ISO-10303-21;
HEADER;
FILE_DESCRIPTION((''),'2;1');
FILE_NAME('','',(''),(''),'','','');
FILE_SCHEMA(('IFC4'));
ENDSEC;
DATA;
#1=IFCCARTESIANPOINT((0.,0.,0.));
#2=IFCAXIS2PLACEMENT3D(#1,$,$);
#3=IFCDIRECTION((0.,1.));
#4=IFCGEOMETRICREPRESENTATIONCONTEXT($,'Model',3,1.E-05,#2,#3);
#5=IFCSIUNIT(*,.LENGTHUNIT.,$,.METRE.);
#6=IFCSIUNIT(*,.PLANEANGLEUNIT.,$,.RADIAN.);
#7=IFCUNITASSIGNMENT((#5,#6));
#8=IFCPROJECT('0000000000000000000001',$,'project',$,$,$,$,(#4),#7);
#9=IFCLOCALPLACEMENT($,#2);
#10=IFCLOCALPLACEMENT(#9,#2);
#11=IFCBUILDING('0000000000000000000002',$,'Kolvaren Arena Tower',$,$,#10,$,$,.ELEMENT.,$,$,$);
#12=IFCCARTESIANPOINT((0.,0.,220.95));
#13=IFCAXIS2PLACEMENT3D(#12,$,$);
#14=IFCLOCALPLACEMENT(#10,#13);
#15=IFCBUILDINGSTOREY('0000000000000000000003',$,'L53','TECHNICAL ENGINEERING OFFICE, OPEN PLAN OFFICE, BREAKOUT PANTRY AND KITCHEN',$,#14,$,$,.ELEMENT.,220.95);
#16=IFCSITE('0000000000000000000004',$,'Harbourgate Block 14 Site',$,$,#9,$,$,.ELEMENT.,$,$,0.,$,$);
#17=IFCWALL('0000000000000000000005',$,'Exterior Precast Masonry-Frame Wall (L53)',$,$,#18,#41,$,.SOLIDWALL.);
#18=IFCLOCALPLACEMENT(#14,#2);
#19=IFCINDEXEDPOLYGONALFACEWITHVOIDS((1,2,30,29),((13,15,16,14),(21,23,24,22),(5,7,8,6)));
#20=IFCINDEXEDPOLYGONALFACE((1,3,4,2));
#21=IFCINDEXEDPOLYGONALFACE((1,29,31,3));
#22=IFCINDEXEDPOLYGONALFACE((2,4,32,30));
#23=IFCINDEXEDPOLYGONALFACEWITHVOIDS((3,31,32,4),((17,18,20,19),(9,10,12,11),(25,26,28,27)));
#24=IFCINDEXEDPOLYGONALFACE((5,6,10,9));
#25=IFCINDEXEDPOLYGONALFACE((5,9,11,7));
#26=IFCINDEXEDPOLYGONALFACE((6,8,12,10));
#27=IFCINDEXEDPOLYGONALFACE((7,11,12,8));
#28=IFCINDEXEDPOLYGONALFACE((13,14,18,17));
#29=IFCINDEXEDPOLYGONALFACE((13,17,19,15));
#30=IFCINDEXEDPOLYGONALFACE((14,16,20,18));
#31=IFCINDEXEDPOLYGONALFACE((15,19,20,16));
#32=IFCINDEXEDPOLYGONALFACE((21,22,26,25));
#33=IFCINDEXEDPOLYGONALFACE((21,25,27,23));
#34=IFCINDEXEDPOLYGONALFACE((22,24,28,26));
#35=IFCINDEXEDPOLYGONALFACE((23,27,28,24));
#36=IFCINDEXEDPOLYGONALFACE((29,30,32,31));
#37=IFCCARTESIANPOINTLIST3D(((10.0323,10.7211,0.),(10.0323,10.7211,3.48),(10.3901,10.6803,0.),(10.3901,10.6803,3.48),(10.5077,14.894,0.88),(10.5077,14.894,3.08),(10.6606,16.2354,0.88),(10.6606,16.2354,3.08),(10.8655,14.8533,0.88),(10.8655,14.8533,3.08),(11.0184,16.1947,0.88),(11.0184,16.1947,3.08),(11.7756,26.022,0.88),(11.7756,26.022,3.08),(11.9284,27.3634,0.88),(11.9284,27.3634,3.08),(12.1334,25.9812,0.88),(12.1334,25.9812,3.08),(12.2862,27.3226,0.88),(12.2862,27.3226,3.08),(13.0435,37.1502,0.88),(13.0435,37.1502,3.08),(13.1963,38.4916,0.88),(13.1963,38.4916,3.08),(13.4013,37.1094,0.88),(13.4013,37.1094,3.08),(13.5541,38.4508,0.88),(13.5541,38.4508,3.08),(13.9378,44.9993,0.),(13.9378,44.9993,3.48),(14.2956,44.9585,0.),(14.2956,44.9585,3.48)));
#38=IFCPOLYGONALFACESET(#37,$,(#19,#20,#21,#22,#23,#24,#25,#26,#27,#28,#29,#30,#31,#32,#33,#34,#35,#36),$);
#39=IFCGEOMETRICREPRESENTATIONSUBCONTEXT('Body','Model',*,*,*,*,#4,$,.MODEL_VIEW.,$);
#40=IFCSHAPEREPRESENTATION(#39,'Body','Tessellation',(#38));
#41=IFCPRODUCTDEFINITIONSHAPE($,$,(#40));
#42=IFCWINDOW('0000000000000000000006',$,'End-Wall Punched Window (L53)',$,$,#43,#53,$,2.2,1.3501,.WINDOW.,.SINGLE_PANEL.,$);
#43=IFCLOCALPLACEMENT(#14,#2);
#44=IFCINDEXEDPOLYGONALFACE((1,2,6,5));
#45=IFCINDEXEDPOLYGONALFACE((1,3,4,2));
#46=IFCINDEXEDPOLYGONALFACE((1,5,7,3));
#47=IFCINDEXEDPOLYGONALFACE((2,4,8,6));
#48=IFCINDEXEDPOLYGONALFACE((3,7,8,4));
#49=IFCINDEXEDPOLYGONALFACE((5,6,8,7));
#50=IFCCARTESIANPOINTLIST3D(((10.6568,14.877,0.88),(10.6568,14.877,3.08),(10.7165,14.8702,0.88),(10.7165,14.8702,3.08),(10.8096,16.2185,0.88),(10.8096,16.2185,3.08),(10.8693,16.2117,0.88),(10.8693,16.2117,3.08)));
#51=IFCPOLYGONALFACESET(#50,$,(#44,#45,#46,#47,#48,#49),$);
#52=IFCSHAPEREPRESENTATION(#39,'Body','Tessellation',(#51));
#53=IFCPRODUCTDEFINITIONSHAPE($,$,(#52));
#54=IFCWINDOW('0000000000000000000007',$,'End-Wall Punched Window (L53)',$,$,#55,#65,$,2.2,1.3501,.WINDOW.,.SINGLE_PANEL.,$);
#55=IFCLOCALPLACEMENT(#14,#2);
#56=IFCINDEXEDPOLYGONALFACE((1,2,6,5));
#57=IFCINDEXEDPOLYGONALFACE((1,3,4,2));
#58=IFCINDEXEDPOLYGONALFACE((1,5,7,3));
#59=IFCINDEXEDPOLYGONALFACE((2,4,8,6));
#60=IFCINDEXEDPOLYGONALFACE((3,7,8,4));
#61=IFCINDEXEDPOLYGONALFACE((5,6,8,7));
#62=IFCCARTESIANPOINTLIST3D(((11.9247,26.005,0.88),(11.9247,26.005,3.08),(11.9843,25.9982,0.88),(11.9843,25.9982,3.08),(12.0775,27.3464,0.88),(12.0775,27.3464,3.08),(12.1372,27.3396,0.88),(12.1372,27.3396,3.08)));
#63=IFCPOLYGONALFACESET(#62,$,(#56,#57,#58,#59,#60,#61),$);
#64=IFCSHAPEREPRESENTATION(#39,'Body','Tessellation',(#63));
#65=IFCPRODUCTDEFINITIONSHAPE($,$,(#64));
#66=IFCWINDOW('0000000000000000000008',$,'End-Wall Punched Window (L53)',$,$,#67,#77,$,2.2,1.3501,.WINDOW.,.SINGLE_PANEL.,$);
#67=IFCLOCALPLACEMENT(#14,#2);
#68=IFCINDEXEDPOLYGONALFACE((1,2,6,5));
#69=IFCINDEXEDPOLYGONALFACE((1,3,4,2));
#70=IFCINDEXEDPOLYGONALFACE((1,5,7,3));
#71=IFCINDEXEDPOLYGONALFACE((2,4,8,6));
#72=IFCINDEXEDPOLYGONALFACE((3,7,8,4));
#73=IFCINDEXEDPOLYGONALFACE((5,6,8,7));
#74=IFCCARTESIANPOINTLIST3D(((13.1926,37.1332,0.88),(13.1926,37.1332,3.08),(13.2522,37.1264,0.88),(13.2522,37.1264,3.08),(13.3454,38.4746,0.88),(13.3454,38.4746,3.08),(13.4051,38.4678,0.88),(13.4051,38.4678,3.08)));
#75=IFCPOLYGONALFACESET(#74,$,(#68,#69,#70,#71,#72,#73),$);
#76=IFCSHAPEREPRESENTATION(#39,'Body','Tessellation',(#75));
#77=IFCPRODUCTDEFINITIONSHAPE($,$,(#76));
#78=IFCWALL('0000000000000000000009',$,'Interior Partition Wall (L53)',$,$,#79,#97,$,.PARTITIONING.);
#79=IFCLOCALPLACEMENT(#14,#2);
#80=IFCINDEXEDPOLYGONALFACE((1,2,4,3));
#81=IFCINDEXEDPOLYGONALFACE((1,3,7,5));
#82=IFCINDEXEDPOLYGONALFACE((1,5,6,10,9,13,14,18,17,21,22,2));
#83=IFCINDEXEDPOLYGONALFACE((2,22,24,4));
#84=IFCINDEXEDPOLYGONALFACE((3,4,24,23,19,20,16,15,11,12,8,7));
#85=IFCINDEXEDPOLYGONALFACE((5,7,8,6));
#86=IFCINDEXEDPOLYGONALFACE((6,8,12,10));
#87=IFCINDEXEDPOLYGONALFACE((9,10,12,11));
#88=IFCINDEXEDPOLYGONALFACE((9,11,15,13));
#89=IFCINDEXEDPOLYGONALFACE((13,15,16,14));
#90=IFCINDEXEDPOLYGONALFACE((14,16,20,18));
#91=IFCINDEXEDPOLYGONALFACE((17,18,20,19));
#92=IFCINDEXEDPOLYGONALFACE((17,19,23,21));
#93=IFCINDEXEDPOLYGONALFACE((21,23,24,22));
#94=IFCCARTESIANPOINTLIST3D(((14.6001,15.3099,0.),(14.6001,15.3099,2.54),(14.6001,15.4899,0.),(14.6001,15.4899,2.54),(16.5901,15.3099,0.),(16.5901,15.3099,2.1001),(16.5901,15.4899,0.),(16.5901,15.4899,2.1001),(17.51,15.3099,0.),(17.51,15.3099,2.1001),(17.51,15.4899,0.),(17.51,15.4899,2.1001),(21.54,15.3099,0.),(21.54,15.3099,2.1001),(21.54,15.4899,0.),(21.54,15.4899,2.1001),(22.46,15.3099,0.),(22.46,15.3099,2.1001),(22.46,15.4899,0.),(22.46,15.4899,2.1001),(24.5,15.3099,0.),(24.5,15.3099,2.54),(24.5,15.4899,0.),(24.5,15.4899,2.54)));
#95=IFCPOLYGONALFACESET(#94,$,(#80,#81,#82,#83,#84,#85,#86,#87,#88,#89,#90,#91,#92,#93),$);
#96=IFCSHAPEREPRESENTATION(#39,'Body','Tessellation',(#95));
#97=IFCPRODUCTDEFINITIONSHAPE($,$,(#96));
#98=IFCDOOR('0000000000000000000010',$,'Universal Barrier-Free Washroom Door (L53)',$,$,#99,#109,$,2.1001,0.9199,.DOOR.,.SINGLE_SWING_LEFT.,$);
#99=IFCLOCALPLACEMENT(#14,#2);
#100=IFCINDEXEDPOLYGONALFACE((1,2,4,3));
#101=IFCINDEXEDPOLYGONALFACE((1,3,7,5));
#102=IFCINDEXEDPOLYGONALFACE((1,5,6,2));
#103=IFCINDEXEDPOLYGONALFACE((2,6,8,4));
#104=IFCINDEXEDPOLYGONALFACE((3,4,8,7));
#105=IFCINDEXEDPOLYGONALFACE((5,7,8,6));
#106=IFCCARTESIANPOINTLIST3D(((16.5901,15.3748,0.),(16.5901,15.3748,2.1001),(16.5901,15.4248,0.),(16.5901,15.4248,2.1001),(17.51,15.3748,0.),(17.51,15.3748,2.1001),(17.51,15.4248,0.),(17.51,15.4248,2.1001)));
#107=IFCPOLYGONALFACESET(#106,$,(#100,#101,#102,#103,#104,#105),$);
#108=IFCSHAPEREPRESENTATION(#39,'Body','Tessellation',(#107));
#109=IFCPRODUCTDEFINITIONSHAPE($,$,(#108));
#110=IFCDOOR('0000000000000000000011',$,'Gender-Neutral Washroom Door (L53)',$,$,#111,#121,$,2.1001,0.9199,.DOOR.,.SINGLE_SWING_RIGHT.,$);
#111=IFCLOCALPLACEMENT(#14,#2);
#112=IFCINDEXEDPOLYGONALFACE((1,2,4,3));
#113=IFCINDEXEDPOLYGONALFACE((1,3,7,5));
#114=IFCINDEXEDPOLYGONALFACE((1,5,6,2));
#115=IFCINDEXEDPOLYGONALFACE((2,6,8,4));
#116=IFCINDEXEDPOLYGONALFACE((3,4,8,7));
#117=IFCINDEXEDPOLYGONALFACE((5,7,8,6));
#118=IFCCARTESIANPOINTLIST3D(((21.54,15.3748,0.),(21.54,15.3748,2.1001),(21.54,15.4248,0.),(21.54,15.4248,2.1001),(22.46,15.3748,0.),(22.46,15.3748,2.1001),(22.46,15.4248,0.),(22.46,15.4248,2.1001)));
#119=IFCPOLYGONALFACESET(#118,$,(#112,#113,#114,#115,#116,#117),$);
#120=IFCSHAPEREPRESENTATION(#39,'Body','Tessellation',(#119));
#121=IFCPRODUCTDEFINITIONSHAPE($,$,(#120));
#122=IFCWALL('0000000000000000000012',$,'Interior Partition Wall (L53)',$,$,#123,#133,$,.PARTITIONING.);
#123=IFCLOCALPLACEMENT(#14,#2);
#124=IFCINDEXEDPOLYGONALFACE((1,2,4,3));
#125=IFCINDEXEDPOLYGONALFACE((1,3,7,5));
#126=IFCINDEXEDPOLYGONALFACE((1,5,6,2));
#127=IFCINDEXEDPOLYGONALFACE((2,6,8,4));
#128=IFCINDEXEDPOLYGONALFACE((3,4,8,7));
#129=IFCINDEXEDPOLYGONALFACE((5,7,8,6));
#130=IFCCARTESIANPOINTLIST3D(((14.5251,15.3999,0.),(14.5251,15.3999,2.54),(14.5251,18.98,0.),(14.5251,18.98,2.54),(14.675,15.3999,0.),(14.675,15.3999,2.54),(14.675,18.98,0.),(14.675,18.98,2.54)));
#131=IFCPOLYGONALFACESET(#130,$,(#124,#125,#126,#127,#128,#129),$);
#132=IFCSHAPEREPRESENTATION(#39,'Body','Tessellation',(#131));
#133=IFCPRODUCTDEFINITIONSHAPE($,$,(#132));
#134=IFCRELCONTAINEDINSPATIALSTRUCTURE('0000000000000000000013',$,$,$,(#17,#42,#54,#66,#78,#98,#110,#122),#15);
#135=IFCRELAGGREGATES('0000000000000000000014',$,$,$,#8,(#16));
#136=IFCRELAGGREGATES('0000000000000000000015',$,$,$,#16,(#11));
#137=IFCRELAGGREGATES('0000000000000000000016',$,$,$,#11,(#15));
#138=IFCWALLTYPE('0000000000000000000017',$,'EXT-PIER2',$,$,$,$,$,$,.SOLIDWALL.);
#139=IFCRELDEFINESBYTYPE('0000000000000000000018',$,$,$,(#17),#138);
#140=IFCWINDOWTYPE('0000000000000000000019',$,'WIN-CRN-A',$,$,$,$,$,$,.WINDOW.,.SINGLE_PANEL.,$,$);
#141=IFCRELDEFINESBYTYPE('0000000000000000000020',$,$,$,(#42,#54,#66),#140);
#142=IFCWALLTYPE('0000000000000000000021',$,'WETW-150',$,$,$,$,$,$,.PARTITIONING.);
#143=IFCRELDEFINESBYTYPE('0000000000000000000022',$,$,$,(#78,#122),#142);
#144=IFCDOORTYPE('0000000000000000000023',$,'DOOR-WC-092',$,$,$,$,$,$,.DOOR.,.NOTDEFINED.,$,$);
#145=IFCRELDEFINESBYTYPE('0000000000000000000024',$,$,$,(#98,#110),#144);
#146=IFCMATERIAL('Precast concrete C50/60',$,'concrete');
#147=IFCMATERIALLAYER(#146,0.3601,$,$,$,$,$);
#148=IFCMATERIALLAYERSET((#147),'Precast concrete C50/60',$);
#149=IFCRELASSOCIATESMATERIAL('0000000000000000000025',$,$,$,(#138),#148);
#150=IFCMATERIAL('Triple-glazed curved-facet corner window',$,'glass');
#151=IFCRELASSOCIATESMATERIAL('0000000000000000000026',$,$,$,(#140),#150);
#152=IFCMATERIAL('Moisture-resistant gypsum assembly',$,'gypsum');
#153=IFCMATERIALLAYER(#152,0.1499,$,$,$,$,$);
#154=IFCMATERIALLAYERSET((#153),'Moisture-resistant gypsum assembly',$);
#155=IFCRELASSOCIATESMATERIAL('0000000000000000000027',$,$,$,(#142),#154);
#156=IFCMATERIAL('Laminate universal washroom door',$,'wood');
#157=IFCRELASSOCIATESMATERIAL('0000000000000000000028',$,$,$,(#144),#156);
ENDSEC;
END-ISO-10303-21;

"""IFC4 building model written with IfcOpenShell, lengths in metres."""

from ifc_helpers import new_model, si_unit, direction, frame, frame_2d, origin, place, context, subcontext, project, spatial, rectangle, extrude, material, layer, layer_set, type_object, element, fill, save


model = new_model("IFC4")

# Units and contexts
model_context = context("Model", 3, precision=1e-05, world=origin(), true_north=direction((0.0, 1.0)))
body_context = subcontext(model_context, "Body", "Model", "MODEL_VIEW")
ifc_project = project(units=[si_unit("LENGTHUNIT", "METRE"), si_unit("PLANEANGLEUNIT", "RADIAN")], contexts=[model_context])

# Site, building, storey
site_placement = place(None, origin())
site = spatial("IfcSite", under=ifc_project, at=site_placement, Name="Harbourgate Block 14 Site", CompositionType="ELEMENT", RefElevation=0.0)
building_placement = place(site_placement, origin())
building = spatial("IfcBuilding", under=site, at=building_placement, Name="Kolvaren Arena Tower", CompositionType="ELEMENT")
storey_placement = place(building_placement, frame((0.0, 0.0, 220.95)))
storey = spatial("IfcBuildingStorey", under=building, at=storey_placement, Name="L53", Description="TECHNICAL ENGINEERING OFFICE, OPEN PLAN OFFICE, BREAKOUT PANTRY AND KITCHEN", CompositionType="ELEMENT", Elevation=220.95)

# Wall, openings, windows
ifc_material_1 = material(Name="Precast concrete C50/60", Category="concrete")
ifc_layer_1 = layer(ifc_material_1, 0.3601)
ifc_layer_set_1 = layer_set([ifc_layer_1], Name="Precast concrete C50/60")
wall_type_1 = type_object("IfcWallType", Name="EXT-PIER2", PredefinedType="SOLIDWALL", material=ifc_layer_set_1)
wall_1_placement = place(storey_placement, frame((10.2112, 10.7007, 0.0), z_axis=(0.0, 0.0, 1.0), x_axis=(0.113203, 0.993572, 0.0)))
wall_1 = element("IfcWall", 1, at=wall_1_placement, inside=storey, type_object=wall_type_1, Name="Exterior Precast Masonry-Frame Wall (L53)", PredefinedType="SOLIDWALL", context=body_context, shape_type="SweptSolid", body=[
    extrude(rectangle(XDim=34.5, YDim=0.3601, at=frame_2d((17.25, 0.0))), origin(), (0.0, 0.0, 1.0), 3.48),
])
opening_1_placement = place(wall_1_placement, frame((4.2, 0.0, 0.8799)))
opening_1 = element("IfcOpeningElement", 2, at=opening_1_placement, cuts=wall_1, PredefinedType="OPENING", context=body_context, shape_type="SweptSolid", body=[
    extrude(rectangle(XDim=1.3501, YDim=2.2, at=frame_2d((0.675, 1.1001))), frame((0.0, 0.1899, 0.0), z_axis=(0.0, -1.0, 0.0), x_axis=(1.0, 0.0, 0.0)), (0.0, 0.0, 1.0), 0.3801),
])
opening_2_placement = place(wall_1_placement, frame((15.3999, 0.0, 0.8799)))
opening_2 = element("IfcOpeningElement", 3, at=opening_2_placement, cuts=wall_1, PredefinedType="OPENING", context=body_context, shape_type="SweptSolid", body=[
    extrude(rectangle(XDim=1.3501, YDim=2.2, at=frame_2d((0.675, 1.1001))), frame((0.0, 0.1899, 0.0), z_axis=(0.0, -1.0, 0.0), x_axis=(1.0, 0.0, 0.0)), (0.0, 0.0, 1.0), 0.3801),
])
opening_3_placement = place(wall_1_placement, frame((26.6001, 0.0, 0.8799)))
opening_3 = element("IfcOpeningElement", 4, at=opening_3_placement, cuts=wall_1, PredefinedType="OPENING", context=body_context, shape_type="SweptSolid", body=[
    extrude(rectangle(XDim=1.3501, YDim=2.2, at=frame_2d((0.675, 1.1001))), frame((0.0, 0.1899, 0.0), z_axis=(0.0, -1.0, 0.0), x_axis=(1.0, 0.0, 0.0)), (0.0, 0.0, 1.0), 0.3801),
])
ifc_material_2 = material(Name="Triple-glazed curved-facet corner window", Category="glass")
window_type = type_object("IfcWindowType", Name="WIN-CRN-A", PartitioningType="SINGLE_PANEL", PredefinedType="WINDOW", material=ifc_material_2)
window_1_placement = place(opening_1_placement, origin())
window_1 = element("IfcWindow", 5, at=window_1_placement, inside=storey, type_object=window_type, Name="End-Wall Punched Window (L53)", OverallHeight=2.2, OverallWidth=1.3501, PartitioningType="SINGLE_PANEL", PredefinedType="WINDOW", context=body_context, shape_type="SweptSolid", body=[
    extrude(rectangle(XDim=1.3501, YDim=2.2, at=frame_2d((0.675, 1.1001))), frame((0.0, 0.03, 0.0), z_axis=(0.0, -1.0, 0.0), x_axis=(1.0, 0.0, 0.0)), (0.0, 0.0, 1.0), 0.0601),
])
fill(opening_1, window_1)
window_2_placement = place(opening_2_placement, origin())
window_2 = element("IfcWindow", 6, at=window_2_placement, inside=storey, type_object=window_type, Name="End-Wall Punched Window (L53)", OverallHeight=2.2, OverallWidth=1.3501, PartitioningType="SINGLE_PANEL", PredefinedType="WINDOW", context=body_context, shape_type="SweptSolid", body=[
    extrude(rectangle(XDim=1.3501, YDim=2.2, at=frame_2d((0.675, 1.1001))), frame((0.0, 0.03, 0.0), z_axis=(0.0, -1.0, 0.0), x_axis=(1.0, 0.0, 0.0)), (0.0, 0.0, 1.0), 0.0601),
])
fill(opening_2, window_2)
window_3_placement = place(opening_3_placement, origin())
window_3 = element("IfcWindow", 7, at=window_3_placement, inside=storey, type_object=window_type, Name="End-Wall Punched Window (L53)", OverallHeight=2.2, OverallWidth=1.3501, PartitioningType="SINGLE_PANEL", PredefinedType="WINDOW", context=body_context, shape_type="SweptSolid", body=[
    extrude(rectangle(XDim=1.3501, YDim=2.2, at=frame_2d((0.675, 1.1001))), frame((0.0, 0.03, 0.0), z_axis=(0.0, -1.0, 0.0), x_axis=(1.0, 0.0, 0.0)), (0.0, 0.0, 1.0), 0.0601),
])
fill(opening_3, window_3)

# Wall, openings, doors
ifc_material_3 = material(Name="Moisture-resistant gypsum assembly", Category="gypsum")
ifc_layer_2 = layer(ifc_material_3, 0.1499)
ifc_layer_set_2 = layer_set([ifc_layer_2], Name="Moisture-resistant gypsum assembly")
wall_type_2 = type_object("IfcWallType", Name="WETW-150", PredefinedType="PARTITIONING", material=ifc_layer_set_2)
wall_2_placement = place(storey_placement, frame((14.6001, 15.3999, 0.0), z_axis=(0.0, 0.0, 1.0), x_axis=(1.0, 0.0, 0.0)))
wall_2 = element("IfcWall", 8, at=wall_2_placement, inside=storey, type_object=wall_type_2, Name="Interior Partition Wall (L53)", PredefinedType="PARTITIONING", context=body_context, shape_type="SweptSolid", body=[
    extrude(rectangle(XDim=9.8999, YDim=0.1799, at=frame_2d((4.95, 0.0))), origin(), (0.0, 0.0, 1.0), 2.54),
])
opening_4_placement = place(wall_2_placement, frame((1.99, 0.0, 0.0)))
opening_4 = element("IfcOpeningElement", 9, at=opening_4_placement, cuts=wall_2, PredefinedType="OPENING", context=body_context, shape_type="SweptSolid", body=[
    extrude(rectangle(XDim=0.9199, YDim=2.1001, at=frame_2d((0.46, 1.05))), frame((0.0, 0.0999, 0.0), z_axis=(0.0, -1.0, 0.0), x_axis=(1.0, 0.0, 0.0)), (0.0, 0.0, 1.0), 0.2),
])
opening_5_placement = place(wall_2_placement, frame((6.9399, 0.0, 0.0)))
opening_5 = element("IfcOpeningElement", 10, at=opening_5_placement, cuts=wall_2, PredefinedType="OPENING", context=body_context, shape_type="SweptSolid", body=[
    extrude(rectangle(XDim=0.9199, YDim=2.1001, at=frame_2d((0.46, 1.05))), frame((0.0, 0.0999, 0.0), z_axis=(0.0, -1.0, 0.0), x_axis=(1.0, 0.0, 0.0)), (0.0, 0.0, 1.0), 0.2),
])
ifc_material_4 = material(Name="Laminate universal washroom door", Category="wood")
door_type_1 = type_object("IfcDoorType", Name="DOOR-WC-092", OperationType="NOTDEFINED", PredefinedType="DOOR", material=ifc_material_4)
door_1_placement = place(opening_4_placement, origin())
door_1 = element("IfcDoor", 11, at=door_1_placement, inside=storey, type_object=door_type_1, Name="Universal Barrier-Free Washroom Door (L53)", OperationType="SINGLE_SWING_LEFT", OverallHeight=2.1001, OverallWidth=0.9199, PredefinedType="DOOR", context=body_context, shape_type="SweptSolid", body=[
    extrude(rectangle(XDim=0.9199, YDim=2.1001, at=frame_2d((0.46, 1.05))), frame((0.0, 0.0249, 0.0), z_axis=(0.0, -1.0, 0.0), x_axis=(1.0, 0.0, 0.0)), (0.0, 0.0, 1.0), 0.05),
])
fill(opening_4, door_1)
door_2_placement = place(opening_5_placement, origin())
door_2 = element("IfcDoor", 12, at=door_2_placement, inside=storey, type_object=door_type_1, Name="Gender-Neutral Washroom Door (L53)", OperationType="SINGLE_SWING_RIGHT", OverallHeight=2.1001, OverallWidth=0.9199, PredefinedType="DOOR", context=body_context, shape_type="SweptSolid", body=[
    extrude(rectangle(XDim=0.9199, YDim=2.1001, at=frame_2d((0.46, 1.05))), frame((0.0, 0.0249, 0.0), z_axis=(0.0, -1.0, 0.0), x_axis=(1.0, 0.0, 0.0)), (0.0, 0.0, 1.0), 0.05),
])
fill(opening_5, door_2)

# Wall
wall_3_placement = place(storey_placement, frame((14.6001, 15.3999, 0.0), z_axis=(0.0, 0.0, 1.0), x_axis=(0.0, 1.0, 0.0)))
element("IfcWall", 13, at=wall_3_placement, inside=storey, type_object=wall_type_2, Name="Interior Partition Wall (L53)", PredefinedType="PARTITIONING", context=body_context, shape_type="SweptSolid", body=[
    extrude(rectangle(XDim=3.5801, YDim=0.1499, at=frame_2d((1.79, 0.0))), origin(), (0.0, 0.0, 1.0), 2.54),
])

save(model, "model.ifc")
